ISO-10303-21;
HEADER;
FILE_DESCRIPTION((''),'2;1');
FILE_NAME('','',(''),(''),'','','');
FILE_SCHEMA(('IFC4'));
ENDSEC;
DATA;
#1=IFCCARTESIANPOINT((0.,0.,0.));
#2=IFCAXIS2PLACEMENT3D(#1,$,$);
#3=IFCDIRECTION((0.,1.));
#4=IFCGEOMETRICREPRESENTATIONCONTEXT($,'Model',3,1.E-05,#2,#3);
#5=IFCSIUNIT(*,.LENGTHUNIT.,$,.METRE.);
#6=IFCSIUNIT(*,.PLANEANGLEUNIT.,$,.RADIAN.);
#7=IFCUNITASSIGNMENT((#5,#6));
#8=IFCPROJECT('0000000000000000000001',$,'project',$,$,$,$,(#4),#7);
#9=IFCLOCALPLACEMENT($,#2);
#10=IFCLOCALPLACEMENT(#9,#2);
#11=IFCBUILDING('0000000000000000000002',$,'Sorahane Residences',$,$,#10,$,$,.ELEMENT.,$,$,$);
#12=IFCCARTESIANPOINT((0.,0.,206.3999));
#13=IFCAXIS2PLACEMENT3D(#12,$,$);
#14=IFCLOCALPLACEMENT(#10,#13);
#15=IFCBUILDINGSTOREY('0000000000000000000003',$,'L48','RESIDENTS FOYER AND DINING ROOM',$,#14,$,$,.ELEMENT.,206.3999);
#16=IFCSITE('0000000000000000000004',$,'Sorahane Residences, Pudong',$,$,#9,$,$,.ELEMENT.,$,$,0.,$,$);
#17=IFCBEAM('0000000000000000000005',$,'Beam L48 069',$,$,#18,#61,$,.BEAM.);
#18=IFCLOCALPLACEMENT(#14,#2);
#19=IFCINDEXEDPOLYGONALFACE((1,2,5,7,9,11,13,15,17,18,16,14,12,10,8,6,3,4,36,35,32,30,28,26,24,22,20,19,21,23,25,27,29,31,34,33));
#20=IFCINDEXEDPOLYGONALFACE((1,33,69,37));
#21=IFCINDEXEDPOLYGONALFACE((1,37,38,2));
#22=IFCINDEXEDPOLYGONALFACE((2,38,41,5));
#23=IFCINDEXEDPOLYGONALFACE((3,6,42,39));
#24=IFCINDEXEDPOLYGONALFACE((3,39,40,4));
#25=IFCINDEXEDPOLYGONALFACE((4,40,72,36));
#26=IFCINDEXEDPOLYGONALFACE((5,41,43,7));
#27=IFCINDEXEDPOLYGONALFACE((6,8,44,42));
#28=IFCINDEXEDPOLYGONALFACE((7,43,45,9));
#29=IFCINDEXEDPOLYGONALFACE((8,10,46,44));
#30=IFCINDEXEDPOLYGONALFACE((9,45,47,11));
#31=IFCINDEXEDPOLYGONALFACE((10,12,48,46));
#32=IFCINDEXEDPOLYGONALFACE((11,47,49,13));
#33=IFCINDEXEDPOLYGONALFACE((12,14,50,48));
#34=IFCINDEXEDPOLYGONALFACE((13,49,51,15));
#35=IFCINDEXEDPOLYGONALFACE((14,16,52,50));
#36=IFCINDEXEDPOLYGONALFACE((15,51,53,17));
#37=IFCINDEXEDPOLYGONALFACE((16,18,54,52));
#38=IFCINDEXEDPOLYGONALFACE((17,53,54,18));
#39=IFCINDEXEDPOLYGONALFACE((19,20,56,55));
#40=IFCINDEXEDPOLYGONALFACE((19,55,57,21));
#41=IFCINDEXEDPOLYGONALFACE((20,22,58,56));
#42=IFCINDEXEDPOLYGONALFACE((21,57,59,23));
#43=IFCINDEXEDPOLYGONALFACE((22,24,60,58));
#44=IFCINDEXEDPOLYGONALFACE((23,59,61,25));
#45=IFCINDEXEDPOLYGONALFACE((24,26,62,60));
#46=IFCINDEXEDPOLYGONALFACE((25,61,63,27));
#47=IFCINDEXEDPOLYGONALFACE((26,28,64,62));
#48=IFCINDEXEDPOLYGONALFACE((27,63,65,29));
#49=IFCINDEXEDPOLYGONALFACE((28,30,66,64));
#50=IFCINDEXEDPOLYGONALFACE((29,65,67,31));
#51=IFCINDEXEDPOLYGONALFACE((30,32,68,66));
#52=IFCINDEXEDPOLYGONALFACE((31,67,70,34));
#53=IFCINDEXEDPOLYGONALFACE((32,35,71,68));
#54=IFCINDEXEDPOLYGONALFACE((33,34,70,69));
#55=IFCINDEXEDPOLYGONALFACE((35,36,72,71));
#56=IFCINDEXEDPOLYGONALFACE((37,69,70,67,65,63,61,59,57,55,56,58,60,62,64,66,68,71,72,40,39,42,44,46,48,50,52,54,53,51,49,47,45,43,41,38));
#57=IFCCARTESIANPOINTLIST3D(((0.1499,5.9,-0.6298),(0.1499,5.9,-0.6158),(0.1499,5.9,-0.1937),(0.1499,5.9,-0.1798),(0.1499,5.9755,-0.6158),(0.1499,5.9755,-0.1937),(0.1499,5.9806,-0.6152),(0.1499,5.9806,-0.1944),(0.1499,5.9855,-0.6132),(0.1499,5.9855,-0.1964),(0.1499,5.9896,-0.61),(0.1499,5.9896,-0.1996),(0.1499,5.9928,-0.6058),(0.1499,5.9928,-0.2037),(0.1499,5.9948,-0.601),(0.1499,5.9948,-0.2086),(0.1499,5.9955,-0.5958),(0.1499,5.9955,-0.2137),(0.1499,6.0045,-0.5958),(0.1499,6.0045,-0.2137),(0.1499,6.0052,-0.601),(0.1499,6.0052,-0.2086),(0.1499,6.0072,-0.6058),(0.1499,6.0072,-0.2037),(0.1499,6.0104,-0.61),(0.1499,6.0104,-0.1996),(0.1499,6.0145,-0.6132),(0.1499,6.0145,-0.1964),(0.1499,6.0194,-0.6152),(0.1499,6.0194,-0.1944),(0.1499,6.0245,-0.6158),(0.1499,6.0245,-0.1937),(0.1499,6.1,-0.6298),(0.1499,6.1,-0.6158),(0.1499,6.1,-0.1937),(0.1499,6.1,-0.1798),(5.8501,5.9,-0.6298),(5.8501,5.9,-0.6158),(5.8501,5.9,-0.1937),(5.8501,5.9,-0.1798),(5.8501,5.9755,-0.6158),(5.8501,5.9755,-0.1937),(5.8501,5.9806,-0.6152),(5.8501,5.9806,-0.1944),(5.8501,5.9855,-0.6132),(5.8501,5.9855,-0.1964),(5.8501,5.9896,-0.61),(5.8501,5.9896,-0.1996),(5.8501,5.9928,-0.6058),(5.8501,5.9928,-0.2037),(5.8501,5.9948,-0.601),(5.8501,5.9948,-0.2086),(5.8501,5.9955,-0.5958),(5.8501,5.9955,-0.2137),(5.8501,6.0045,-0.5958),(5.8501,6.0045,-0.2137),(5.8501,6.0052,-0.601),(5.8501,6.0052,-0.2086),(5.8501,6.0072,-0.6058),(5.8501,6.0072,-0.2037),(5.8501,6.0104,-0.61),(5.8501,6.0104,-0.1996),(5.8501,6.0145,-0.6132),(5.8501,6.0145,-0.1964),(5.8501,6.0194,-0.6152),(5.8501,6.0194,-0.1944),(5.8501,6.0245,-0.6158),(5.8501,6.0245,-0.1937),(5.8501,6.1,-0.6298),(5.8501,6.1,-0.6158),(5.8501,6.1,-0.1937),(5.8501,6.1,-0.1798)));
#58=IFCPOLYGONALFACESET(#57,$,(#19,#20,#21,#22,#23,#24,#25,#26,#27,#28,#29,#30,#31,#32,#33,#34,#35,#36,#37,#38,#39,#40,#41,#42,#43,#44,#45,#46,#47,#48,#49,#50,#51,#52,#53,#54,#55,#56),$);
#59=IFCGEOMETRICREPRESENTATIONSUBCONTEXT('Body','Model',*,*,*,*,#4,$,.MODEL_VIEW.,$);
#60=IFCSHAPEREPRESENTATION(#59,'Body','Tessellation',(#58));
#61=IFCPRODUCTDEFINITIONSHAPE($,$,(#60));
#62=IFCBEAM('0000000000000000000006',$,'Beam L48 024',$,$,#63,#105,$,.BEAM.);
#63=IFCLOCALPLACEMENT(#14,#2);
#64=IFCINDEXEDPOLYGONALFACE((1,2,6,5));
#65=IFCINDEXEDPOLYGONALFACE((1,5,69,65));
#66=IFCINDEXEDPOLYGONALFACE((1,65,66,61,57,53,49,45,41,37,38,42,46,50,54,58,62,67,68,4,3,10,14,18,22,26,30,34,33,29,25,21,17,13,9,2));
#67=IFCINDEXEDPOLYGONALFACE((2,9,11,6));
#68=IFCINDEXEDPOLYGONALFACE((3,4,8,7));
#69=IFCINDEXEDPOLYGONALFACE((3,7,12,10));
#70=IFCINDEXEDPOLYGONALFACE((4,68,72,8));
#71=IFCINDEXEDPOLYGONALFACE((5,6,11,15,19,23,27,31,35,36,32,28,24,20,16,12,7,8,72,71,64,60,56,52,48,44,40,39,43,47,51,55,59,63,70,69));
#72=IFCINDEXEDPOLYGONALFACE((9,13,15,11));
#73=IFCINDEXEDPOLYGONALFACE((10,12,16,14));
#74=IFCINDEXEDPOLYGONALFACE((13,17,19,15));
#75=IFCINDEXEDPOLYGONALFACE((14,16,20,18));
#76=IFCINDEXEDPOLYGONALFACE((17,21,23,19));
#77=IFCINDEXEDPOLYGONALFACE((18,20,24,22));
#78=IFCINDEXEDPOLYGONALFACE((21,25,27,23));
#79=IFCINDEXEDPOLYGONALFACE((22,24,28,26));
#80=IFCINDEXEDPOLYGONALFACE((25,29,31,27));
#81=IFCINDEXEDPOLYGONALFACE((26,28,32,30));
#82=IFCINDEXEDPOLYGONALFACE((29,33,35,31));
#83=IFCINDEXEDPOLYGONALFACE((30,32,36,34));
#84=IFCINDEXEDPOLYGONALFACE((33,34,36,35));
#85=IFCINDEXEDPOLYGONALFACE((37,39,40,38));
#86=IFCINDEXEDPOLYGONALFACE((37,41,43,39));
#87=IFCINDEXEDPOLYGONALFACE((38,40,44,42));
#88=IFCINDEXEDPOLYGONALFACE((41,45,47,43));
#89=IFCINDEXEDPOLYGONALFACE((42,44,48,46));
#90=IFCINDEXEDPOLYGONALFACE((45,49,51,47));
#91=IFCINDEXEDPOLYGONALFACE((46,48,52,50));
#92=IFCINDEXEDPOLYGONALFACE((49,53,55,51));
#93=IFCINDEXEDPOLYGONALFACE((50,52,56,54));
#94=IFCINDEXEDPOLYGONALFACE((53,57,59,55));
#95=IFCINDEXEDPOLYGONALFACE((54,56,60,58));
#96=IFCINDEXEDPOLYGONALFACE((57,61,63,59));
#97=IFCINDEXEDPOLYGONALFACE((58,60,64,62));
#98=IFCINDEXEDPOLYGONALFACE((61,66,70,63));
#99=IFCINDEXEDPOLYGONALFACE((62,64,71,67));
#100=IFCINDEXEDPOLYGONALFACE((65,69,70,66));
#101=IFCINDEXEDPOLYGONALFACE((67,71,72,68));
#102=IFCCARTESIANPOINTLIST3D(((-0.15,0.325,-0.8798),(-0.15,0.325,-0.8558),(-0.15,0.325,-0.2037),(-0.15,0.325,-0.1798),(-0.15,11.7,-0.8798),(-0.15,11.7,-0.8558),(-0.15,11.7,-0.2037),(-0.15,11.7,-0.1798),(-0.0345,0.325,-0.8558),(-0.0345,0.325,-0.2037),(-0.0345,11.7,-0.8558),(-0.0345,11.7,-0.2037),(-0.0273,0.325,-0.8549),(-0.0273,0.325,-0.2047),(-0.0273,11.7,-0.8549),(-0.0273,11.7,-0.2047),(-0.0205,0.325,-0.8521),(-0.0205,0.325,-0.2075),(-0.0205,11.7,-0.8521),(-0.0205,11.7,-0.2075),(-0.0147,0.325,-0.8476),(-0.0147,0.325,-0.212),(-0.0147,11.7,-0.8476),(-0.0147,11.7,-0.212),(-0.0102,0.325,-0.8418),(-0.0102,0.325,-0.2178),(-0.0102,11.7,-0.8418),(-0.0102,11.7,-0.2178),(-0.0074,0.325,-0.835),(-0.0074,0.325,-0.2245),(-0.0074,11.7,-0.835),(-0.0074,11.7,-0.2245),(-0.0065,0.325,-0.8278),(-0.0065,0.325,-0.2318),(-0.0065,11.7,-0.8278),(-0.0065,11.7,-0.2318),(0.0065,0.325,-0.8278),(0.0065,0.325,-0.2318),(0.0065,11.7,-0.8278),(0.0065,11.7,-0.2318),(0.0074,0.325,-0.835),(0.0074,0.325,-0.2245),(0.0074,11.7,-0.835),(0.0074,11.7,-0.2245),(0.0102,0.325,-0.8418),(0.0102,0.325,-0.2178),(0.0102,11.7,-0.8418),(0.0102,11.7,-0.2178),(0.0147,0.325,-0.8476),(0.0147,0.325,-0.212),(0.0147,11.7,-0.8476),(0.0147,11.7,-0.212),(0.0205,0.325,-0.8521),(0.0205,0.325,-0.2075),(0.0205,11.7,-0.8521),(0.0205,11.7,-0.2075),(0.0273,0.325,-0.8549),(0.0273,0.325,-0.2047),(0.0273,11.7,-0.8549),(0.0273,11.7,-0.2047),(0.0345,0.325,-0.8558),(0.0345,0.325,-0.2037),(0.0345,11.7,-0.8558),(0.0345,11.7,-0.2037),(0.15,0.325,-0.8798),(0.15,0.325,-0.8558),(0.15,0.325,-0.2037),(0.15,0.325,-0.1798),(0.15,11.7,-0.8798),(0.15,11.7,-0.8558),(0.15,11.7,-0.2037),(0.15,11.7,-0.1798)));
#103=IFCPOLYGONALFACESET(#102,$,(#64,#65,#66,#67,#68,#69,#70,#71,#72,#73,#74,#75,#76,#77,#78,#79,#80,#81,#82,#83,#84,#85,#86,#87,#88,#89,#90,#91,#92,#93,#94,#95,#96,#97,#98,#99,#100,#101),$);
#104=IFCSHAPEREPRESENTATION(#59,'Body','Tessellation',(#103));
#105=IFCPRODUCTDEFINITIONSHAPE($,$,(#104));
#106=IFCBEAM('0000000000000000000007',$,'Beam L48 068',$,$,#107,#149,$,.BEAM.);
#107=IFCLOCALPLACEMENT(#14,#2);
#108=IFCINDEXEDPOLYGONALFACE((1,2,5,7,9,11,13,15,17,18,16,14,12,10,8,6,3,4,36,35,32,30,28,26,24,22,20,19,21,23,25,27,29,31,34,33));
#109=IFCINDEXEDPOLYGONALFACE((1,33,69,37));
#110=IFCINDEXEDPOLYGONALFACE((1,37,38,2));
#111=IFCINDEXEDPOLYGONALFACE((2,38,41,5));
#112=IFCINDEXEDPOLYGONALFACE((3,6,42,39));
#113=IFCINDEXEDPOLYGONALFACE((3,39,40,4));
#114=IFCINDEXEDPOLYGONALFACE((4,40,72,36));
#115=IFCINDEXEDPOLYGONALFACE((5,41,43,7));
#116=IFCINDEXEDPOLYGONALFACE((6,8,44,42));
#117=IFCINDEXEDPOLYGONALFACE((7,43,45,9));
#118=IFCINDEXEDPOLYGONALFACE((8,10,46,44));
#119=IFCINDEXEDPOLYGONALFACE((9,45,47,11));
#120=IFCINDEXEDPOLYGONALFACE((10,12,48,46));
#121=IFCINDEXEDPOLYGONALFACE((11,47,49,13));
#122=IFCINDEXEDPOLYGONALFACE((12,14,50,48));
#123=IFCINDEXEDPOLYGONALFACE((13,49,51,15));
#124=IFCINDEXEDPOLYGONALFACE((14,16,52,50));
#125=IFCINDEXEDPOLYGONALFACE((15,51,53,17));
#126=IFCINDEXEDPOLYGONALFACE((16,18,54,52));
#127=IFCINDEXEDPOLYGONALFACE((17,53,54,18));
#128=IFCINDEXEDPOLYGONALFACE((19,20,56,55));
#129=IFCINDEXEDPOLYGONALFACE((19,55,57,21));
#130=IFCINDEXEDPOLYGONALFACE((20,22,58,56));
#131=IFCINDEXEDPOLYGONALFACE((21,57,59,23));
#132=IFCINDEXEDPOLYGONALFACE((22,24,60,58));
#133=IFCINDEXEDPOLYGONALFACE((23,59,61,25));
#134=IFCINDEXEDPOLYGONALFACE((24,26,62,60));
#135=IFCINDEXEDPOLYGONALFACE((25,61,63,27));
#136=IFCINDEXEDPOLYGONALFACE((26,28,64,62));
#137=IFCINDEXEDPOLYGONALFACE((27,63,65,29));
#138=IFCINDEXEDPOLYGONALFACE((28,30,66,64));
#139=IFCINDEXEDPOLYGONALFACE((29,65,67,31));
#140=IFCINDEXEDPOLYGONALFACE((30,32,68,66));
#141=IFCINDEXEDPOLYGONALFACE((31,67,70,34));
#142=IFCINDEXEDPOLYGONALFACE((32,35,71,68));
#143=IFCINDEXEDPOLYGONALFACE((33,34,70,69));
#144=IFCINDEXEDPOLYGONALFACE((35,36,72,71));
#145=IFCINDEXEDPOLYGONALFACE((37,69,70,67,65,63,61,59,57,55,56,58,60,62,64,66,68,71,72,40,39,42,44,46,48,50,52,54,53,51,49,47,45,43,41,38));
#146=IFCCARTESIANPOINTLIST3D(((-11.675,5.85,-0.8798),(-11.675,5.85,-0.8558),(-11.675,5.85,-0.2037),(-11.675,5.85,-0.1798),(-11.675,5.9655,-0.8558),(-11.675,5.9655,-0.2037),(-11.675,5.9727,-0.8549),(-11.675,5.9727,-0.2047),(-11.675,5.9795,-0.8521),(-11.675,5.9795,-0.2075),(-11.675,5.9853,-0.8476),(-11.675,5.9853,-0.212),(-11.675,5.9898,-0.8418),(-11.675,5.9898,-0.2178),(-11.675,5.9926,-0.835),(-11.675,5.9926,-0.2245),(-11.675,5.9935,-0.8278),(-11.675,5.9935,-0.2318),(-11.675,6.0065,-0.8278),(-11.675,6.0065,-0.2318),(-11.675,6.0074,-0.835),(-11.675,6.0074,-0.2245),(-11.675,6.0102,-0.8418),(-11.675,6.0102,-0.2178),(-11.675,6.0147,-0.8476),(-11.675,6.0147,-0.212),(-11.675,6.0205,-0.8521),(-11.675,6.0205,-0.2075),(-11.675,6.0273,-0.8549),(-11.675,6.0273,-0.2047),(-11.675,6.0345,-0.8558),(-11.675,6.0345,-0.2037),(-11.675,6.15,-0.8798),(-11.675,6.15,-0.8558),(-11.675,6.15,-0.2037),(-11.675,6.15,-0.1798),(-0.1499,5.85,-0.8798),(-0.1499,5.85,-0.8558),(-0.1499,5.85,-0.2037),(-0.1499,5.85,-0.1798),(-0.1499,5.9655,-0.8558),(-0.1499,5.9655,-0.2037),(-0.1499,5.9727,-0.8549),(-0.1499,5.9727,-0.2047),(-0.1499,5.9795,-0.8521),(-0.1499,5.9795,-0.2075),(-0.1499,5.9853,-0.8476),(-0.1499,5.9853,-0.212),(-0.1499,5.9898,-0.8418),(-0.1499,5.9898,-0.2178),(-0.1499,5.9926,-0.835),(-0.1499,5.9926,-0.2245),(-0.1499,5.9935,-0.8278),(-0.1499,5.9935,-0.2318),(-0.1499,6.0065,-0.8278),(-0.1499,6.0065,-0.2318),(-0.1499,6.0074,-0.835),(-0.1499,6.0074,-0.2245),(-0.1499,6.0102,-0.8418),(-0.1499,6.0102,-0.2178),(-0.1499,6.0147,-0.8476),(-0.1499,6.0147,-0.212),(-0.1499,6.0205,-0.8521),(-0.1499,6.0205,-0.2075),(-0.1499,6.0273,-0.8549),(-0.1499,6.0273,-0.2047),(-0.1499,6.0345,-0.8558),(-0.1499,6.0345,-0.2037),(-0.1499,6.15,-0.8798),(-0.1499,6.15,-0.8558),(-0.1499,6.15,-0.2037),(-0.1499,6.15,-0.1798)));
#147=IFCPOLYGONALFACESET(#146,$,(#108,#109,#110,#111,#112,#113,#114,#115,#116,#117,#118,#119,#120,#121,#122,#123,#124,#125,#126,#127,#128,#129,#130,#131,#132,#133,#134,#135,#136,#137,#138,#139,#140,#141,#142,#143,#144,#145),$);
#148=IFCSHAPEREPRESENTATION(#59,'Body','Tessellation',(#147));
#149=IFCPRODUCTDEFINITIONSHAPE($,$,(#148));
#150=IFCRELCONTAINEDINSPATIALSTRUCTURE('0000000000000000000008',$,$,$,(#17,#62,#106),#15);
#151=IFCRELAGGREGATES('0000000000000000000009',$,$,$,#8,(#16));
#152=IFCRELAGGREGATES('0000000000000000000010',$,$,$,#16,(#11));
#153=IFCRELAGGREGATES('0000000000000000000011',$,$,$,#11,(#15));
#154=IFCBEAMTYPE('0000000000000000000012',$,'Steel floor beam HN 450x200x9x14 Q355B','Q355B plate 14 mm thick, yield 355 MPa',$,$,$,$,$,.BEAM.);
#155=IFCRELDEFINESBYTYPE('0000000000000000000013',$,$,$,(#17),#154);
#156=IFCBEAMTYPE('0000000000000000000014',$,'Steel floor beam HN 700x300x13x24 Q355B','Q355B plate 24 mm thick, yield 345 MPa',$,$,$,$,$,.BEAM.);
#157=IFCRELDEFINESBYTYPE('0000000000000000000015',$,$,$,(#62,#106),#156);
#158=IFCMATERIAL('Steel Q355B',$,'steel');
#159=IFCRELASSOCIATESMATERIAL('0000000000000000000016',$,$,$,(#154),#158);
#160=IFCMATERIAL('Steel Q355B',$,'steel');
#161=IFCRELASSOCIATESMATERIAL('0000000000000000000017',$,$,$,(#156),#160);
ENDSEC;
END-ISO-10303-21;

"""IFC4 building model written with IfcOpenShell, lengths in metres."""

from ifc_helpers import new_model, si_unit, direction, frame, origin, origin_2d, place, context, subcontext, project, spatial, i_section, extrude, material, material_profile, profile_set, type_object, element, save


model = new_model("IFC4")

# Units and contexts
model_context = context("Model", 3, precision=1e-05, world=origin(), true_north=direction((0.0, 1.0)))
body_context = subcontext(model_context, "Body", "Model", "MODEL_VIEW")
ifc_project = project(units=[si_unit("LENGTHUNIT", "METRE"), si_unit("PLANEANGLEUNIT", "RADIAN")], contexts=[model_context])

# Site, building, storey
site_placement = place(None, origin())
site = spatial("IfcSite", under=ifc_project, at=site_placement, Name="Sorahane Residences, Pudong", CompositionType="ELEMENT", RefElevation=0.0)
building_placement = place(site_placement, origin())
building = spatial("IfcBuilding", under=site, at=building_placement, Name="Sorahane Residences", CompositionType="ELEMENT")
storey_placement = place(building_placement, frame((0.0, 0.0, 206.3999)))
storey = spatial("IfcBuildingStorey", under=building, at=storey_placement, Name="L48", Description="RESIDENTS FOYER AND DINING ROOM", CompositionType="ELEMENT", Elevation=206.3999)

# Beams
ifc_material_1 = material(Name="Steel Q355B", Category="steel")
ifc_material_profile_1 = material_profile(ifc_material_1, i_section(OverallWidth=0.2, OverallDepth=0.45, WebThickness=0.009, FlangeThickness=0.0139, FilletRadius=0.02, at=origin_2d()), Name="HN 450x200x9x14")
ifc_profile_set_1 = profile_set([ifc_material_profile_1], Name="Steel Q355B")
beam_type_1 = type_object("IfcBeamType", Name="Steel floor beam HN 450x200x9x14 Q355B", Description="Q355B plate 14 mm thick, yield 355 MPa", PredefinedType="BEAM", material=ifc_profile_set_1)
beam_1_placement = place(storey_placement, frame((0.1499, 6.0, -0.4048), z_axis=(1.0, 0.0, 0.0), x_axis=(0.0, 1.0, 0.0)))
element("IfcBeam", 1, at=beam_1_placement, inside=storey, type_object=beam_type_1, Name="Beam L48 069", PredefinedType="BEAM", context=body_context, shape_type="SweptSolid", body=[
    extrude(i_section(OverallWidth=0.2, OverallDepth=0.45, WebThickness=0.009, FlangeThickness=0.0139, FilletRadius=0.02, at=origin_2d()), origin(), (0.0, 0.0, 1.0), 5.7002),
])
ifc_material_2 = material(Name="Steel Q355B", Category="steel")
ifc_material_profile_2 = material_profile(ifc_material_2, i_section(OverallWidth=0.3, OverallDepth=0.7, WebThickness=0.0129, FlangeThickness=0.0239, FilletRadius=0.0281, at=origin_2d()), Name="HN 700x300x13x24")
ifc_profile_set_2 = profile_set([ifc_material_profile_2], Name="Steel Q355B")
beam_type_2 = type_object("IfcBeamType", Name="Steel floor beam HN 700x300x13x24 Q355B", Description="Q355B plate 24 mm thick, yield 345 MPa", PredefinedType="BEAM", material=ifc_profile_set_2)
beam_2_placement = place(storey_placement, frame((0.0, 0.325, -0.5298), z_axis=(0.0, 1.0, 0.0), x_axis=(-1.0, 0.0, 0.0)))
element("IfcBeam", 2, at=beam_2_placement, inside=storey, type_object=beam_type_2, Name="Beam L48 024", PredefinedType="BEAM", context=body_context, shape_type="SweptSolid", body=[
    extrude(i_section(OverallWidth=0.3, OverallDepth=0.7, WebThickness=0.0129, FlangeThickness=0.0239, FilletRadius=0.0281, at=origin_2d()), origin(), (0.0, 0.0, 1.0), 11.375),
])
beam_3_placement = place(storey_placement, frame((-11.675, 6.0, -0.5298), z_axis=(1.0, 0.0, 0.0), x_axis=(0.0, 1.0, 0.0)))
element("IfcBeam", 3, at=beam_3_placement, inside=storey, type_object=beam_type_2, Name="Beam L48 068", PredefinedType="BEAM", context=body_context, shape_type="SweptSolid", body=[
    extrude(i_section(OverallWidth=0.3, OverallDepth=0.7, WebThickness=0.0129, FlangeThickness=0.0239, FilletRadius=0.0281, at=origin_2d()), origin(), (0.0, 0.0, 1.0), 11.5251),
])

save(model, "model.ifc")
